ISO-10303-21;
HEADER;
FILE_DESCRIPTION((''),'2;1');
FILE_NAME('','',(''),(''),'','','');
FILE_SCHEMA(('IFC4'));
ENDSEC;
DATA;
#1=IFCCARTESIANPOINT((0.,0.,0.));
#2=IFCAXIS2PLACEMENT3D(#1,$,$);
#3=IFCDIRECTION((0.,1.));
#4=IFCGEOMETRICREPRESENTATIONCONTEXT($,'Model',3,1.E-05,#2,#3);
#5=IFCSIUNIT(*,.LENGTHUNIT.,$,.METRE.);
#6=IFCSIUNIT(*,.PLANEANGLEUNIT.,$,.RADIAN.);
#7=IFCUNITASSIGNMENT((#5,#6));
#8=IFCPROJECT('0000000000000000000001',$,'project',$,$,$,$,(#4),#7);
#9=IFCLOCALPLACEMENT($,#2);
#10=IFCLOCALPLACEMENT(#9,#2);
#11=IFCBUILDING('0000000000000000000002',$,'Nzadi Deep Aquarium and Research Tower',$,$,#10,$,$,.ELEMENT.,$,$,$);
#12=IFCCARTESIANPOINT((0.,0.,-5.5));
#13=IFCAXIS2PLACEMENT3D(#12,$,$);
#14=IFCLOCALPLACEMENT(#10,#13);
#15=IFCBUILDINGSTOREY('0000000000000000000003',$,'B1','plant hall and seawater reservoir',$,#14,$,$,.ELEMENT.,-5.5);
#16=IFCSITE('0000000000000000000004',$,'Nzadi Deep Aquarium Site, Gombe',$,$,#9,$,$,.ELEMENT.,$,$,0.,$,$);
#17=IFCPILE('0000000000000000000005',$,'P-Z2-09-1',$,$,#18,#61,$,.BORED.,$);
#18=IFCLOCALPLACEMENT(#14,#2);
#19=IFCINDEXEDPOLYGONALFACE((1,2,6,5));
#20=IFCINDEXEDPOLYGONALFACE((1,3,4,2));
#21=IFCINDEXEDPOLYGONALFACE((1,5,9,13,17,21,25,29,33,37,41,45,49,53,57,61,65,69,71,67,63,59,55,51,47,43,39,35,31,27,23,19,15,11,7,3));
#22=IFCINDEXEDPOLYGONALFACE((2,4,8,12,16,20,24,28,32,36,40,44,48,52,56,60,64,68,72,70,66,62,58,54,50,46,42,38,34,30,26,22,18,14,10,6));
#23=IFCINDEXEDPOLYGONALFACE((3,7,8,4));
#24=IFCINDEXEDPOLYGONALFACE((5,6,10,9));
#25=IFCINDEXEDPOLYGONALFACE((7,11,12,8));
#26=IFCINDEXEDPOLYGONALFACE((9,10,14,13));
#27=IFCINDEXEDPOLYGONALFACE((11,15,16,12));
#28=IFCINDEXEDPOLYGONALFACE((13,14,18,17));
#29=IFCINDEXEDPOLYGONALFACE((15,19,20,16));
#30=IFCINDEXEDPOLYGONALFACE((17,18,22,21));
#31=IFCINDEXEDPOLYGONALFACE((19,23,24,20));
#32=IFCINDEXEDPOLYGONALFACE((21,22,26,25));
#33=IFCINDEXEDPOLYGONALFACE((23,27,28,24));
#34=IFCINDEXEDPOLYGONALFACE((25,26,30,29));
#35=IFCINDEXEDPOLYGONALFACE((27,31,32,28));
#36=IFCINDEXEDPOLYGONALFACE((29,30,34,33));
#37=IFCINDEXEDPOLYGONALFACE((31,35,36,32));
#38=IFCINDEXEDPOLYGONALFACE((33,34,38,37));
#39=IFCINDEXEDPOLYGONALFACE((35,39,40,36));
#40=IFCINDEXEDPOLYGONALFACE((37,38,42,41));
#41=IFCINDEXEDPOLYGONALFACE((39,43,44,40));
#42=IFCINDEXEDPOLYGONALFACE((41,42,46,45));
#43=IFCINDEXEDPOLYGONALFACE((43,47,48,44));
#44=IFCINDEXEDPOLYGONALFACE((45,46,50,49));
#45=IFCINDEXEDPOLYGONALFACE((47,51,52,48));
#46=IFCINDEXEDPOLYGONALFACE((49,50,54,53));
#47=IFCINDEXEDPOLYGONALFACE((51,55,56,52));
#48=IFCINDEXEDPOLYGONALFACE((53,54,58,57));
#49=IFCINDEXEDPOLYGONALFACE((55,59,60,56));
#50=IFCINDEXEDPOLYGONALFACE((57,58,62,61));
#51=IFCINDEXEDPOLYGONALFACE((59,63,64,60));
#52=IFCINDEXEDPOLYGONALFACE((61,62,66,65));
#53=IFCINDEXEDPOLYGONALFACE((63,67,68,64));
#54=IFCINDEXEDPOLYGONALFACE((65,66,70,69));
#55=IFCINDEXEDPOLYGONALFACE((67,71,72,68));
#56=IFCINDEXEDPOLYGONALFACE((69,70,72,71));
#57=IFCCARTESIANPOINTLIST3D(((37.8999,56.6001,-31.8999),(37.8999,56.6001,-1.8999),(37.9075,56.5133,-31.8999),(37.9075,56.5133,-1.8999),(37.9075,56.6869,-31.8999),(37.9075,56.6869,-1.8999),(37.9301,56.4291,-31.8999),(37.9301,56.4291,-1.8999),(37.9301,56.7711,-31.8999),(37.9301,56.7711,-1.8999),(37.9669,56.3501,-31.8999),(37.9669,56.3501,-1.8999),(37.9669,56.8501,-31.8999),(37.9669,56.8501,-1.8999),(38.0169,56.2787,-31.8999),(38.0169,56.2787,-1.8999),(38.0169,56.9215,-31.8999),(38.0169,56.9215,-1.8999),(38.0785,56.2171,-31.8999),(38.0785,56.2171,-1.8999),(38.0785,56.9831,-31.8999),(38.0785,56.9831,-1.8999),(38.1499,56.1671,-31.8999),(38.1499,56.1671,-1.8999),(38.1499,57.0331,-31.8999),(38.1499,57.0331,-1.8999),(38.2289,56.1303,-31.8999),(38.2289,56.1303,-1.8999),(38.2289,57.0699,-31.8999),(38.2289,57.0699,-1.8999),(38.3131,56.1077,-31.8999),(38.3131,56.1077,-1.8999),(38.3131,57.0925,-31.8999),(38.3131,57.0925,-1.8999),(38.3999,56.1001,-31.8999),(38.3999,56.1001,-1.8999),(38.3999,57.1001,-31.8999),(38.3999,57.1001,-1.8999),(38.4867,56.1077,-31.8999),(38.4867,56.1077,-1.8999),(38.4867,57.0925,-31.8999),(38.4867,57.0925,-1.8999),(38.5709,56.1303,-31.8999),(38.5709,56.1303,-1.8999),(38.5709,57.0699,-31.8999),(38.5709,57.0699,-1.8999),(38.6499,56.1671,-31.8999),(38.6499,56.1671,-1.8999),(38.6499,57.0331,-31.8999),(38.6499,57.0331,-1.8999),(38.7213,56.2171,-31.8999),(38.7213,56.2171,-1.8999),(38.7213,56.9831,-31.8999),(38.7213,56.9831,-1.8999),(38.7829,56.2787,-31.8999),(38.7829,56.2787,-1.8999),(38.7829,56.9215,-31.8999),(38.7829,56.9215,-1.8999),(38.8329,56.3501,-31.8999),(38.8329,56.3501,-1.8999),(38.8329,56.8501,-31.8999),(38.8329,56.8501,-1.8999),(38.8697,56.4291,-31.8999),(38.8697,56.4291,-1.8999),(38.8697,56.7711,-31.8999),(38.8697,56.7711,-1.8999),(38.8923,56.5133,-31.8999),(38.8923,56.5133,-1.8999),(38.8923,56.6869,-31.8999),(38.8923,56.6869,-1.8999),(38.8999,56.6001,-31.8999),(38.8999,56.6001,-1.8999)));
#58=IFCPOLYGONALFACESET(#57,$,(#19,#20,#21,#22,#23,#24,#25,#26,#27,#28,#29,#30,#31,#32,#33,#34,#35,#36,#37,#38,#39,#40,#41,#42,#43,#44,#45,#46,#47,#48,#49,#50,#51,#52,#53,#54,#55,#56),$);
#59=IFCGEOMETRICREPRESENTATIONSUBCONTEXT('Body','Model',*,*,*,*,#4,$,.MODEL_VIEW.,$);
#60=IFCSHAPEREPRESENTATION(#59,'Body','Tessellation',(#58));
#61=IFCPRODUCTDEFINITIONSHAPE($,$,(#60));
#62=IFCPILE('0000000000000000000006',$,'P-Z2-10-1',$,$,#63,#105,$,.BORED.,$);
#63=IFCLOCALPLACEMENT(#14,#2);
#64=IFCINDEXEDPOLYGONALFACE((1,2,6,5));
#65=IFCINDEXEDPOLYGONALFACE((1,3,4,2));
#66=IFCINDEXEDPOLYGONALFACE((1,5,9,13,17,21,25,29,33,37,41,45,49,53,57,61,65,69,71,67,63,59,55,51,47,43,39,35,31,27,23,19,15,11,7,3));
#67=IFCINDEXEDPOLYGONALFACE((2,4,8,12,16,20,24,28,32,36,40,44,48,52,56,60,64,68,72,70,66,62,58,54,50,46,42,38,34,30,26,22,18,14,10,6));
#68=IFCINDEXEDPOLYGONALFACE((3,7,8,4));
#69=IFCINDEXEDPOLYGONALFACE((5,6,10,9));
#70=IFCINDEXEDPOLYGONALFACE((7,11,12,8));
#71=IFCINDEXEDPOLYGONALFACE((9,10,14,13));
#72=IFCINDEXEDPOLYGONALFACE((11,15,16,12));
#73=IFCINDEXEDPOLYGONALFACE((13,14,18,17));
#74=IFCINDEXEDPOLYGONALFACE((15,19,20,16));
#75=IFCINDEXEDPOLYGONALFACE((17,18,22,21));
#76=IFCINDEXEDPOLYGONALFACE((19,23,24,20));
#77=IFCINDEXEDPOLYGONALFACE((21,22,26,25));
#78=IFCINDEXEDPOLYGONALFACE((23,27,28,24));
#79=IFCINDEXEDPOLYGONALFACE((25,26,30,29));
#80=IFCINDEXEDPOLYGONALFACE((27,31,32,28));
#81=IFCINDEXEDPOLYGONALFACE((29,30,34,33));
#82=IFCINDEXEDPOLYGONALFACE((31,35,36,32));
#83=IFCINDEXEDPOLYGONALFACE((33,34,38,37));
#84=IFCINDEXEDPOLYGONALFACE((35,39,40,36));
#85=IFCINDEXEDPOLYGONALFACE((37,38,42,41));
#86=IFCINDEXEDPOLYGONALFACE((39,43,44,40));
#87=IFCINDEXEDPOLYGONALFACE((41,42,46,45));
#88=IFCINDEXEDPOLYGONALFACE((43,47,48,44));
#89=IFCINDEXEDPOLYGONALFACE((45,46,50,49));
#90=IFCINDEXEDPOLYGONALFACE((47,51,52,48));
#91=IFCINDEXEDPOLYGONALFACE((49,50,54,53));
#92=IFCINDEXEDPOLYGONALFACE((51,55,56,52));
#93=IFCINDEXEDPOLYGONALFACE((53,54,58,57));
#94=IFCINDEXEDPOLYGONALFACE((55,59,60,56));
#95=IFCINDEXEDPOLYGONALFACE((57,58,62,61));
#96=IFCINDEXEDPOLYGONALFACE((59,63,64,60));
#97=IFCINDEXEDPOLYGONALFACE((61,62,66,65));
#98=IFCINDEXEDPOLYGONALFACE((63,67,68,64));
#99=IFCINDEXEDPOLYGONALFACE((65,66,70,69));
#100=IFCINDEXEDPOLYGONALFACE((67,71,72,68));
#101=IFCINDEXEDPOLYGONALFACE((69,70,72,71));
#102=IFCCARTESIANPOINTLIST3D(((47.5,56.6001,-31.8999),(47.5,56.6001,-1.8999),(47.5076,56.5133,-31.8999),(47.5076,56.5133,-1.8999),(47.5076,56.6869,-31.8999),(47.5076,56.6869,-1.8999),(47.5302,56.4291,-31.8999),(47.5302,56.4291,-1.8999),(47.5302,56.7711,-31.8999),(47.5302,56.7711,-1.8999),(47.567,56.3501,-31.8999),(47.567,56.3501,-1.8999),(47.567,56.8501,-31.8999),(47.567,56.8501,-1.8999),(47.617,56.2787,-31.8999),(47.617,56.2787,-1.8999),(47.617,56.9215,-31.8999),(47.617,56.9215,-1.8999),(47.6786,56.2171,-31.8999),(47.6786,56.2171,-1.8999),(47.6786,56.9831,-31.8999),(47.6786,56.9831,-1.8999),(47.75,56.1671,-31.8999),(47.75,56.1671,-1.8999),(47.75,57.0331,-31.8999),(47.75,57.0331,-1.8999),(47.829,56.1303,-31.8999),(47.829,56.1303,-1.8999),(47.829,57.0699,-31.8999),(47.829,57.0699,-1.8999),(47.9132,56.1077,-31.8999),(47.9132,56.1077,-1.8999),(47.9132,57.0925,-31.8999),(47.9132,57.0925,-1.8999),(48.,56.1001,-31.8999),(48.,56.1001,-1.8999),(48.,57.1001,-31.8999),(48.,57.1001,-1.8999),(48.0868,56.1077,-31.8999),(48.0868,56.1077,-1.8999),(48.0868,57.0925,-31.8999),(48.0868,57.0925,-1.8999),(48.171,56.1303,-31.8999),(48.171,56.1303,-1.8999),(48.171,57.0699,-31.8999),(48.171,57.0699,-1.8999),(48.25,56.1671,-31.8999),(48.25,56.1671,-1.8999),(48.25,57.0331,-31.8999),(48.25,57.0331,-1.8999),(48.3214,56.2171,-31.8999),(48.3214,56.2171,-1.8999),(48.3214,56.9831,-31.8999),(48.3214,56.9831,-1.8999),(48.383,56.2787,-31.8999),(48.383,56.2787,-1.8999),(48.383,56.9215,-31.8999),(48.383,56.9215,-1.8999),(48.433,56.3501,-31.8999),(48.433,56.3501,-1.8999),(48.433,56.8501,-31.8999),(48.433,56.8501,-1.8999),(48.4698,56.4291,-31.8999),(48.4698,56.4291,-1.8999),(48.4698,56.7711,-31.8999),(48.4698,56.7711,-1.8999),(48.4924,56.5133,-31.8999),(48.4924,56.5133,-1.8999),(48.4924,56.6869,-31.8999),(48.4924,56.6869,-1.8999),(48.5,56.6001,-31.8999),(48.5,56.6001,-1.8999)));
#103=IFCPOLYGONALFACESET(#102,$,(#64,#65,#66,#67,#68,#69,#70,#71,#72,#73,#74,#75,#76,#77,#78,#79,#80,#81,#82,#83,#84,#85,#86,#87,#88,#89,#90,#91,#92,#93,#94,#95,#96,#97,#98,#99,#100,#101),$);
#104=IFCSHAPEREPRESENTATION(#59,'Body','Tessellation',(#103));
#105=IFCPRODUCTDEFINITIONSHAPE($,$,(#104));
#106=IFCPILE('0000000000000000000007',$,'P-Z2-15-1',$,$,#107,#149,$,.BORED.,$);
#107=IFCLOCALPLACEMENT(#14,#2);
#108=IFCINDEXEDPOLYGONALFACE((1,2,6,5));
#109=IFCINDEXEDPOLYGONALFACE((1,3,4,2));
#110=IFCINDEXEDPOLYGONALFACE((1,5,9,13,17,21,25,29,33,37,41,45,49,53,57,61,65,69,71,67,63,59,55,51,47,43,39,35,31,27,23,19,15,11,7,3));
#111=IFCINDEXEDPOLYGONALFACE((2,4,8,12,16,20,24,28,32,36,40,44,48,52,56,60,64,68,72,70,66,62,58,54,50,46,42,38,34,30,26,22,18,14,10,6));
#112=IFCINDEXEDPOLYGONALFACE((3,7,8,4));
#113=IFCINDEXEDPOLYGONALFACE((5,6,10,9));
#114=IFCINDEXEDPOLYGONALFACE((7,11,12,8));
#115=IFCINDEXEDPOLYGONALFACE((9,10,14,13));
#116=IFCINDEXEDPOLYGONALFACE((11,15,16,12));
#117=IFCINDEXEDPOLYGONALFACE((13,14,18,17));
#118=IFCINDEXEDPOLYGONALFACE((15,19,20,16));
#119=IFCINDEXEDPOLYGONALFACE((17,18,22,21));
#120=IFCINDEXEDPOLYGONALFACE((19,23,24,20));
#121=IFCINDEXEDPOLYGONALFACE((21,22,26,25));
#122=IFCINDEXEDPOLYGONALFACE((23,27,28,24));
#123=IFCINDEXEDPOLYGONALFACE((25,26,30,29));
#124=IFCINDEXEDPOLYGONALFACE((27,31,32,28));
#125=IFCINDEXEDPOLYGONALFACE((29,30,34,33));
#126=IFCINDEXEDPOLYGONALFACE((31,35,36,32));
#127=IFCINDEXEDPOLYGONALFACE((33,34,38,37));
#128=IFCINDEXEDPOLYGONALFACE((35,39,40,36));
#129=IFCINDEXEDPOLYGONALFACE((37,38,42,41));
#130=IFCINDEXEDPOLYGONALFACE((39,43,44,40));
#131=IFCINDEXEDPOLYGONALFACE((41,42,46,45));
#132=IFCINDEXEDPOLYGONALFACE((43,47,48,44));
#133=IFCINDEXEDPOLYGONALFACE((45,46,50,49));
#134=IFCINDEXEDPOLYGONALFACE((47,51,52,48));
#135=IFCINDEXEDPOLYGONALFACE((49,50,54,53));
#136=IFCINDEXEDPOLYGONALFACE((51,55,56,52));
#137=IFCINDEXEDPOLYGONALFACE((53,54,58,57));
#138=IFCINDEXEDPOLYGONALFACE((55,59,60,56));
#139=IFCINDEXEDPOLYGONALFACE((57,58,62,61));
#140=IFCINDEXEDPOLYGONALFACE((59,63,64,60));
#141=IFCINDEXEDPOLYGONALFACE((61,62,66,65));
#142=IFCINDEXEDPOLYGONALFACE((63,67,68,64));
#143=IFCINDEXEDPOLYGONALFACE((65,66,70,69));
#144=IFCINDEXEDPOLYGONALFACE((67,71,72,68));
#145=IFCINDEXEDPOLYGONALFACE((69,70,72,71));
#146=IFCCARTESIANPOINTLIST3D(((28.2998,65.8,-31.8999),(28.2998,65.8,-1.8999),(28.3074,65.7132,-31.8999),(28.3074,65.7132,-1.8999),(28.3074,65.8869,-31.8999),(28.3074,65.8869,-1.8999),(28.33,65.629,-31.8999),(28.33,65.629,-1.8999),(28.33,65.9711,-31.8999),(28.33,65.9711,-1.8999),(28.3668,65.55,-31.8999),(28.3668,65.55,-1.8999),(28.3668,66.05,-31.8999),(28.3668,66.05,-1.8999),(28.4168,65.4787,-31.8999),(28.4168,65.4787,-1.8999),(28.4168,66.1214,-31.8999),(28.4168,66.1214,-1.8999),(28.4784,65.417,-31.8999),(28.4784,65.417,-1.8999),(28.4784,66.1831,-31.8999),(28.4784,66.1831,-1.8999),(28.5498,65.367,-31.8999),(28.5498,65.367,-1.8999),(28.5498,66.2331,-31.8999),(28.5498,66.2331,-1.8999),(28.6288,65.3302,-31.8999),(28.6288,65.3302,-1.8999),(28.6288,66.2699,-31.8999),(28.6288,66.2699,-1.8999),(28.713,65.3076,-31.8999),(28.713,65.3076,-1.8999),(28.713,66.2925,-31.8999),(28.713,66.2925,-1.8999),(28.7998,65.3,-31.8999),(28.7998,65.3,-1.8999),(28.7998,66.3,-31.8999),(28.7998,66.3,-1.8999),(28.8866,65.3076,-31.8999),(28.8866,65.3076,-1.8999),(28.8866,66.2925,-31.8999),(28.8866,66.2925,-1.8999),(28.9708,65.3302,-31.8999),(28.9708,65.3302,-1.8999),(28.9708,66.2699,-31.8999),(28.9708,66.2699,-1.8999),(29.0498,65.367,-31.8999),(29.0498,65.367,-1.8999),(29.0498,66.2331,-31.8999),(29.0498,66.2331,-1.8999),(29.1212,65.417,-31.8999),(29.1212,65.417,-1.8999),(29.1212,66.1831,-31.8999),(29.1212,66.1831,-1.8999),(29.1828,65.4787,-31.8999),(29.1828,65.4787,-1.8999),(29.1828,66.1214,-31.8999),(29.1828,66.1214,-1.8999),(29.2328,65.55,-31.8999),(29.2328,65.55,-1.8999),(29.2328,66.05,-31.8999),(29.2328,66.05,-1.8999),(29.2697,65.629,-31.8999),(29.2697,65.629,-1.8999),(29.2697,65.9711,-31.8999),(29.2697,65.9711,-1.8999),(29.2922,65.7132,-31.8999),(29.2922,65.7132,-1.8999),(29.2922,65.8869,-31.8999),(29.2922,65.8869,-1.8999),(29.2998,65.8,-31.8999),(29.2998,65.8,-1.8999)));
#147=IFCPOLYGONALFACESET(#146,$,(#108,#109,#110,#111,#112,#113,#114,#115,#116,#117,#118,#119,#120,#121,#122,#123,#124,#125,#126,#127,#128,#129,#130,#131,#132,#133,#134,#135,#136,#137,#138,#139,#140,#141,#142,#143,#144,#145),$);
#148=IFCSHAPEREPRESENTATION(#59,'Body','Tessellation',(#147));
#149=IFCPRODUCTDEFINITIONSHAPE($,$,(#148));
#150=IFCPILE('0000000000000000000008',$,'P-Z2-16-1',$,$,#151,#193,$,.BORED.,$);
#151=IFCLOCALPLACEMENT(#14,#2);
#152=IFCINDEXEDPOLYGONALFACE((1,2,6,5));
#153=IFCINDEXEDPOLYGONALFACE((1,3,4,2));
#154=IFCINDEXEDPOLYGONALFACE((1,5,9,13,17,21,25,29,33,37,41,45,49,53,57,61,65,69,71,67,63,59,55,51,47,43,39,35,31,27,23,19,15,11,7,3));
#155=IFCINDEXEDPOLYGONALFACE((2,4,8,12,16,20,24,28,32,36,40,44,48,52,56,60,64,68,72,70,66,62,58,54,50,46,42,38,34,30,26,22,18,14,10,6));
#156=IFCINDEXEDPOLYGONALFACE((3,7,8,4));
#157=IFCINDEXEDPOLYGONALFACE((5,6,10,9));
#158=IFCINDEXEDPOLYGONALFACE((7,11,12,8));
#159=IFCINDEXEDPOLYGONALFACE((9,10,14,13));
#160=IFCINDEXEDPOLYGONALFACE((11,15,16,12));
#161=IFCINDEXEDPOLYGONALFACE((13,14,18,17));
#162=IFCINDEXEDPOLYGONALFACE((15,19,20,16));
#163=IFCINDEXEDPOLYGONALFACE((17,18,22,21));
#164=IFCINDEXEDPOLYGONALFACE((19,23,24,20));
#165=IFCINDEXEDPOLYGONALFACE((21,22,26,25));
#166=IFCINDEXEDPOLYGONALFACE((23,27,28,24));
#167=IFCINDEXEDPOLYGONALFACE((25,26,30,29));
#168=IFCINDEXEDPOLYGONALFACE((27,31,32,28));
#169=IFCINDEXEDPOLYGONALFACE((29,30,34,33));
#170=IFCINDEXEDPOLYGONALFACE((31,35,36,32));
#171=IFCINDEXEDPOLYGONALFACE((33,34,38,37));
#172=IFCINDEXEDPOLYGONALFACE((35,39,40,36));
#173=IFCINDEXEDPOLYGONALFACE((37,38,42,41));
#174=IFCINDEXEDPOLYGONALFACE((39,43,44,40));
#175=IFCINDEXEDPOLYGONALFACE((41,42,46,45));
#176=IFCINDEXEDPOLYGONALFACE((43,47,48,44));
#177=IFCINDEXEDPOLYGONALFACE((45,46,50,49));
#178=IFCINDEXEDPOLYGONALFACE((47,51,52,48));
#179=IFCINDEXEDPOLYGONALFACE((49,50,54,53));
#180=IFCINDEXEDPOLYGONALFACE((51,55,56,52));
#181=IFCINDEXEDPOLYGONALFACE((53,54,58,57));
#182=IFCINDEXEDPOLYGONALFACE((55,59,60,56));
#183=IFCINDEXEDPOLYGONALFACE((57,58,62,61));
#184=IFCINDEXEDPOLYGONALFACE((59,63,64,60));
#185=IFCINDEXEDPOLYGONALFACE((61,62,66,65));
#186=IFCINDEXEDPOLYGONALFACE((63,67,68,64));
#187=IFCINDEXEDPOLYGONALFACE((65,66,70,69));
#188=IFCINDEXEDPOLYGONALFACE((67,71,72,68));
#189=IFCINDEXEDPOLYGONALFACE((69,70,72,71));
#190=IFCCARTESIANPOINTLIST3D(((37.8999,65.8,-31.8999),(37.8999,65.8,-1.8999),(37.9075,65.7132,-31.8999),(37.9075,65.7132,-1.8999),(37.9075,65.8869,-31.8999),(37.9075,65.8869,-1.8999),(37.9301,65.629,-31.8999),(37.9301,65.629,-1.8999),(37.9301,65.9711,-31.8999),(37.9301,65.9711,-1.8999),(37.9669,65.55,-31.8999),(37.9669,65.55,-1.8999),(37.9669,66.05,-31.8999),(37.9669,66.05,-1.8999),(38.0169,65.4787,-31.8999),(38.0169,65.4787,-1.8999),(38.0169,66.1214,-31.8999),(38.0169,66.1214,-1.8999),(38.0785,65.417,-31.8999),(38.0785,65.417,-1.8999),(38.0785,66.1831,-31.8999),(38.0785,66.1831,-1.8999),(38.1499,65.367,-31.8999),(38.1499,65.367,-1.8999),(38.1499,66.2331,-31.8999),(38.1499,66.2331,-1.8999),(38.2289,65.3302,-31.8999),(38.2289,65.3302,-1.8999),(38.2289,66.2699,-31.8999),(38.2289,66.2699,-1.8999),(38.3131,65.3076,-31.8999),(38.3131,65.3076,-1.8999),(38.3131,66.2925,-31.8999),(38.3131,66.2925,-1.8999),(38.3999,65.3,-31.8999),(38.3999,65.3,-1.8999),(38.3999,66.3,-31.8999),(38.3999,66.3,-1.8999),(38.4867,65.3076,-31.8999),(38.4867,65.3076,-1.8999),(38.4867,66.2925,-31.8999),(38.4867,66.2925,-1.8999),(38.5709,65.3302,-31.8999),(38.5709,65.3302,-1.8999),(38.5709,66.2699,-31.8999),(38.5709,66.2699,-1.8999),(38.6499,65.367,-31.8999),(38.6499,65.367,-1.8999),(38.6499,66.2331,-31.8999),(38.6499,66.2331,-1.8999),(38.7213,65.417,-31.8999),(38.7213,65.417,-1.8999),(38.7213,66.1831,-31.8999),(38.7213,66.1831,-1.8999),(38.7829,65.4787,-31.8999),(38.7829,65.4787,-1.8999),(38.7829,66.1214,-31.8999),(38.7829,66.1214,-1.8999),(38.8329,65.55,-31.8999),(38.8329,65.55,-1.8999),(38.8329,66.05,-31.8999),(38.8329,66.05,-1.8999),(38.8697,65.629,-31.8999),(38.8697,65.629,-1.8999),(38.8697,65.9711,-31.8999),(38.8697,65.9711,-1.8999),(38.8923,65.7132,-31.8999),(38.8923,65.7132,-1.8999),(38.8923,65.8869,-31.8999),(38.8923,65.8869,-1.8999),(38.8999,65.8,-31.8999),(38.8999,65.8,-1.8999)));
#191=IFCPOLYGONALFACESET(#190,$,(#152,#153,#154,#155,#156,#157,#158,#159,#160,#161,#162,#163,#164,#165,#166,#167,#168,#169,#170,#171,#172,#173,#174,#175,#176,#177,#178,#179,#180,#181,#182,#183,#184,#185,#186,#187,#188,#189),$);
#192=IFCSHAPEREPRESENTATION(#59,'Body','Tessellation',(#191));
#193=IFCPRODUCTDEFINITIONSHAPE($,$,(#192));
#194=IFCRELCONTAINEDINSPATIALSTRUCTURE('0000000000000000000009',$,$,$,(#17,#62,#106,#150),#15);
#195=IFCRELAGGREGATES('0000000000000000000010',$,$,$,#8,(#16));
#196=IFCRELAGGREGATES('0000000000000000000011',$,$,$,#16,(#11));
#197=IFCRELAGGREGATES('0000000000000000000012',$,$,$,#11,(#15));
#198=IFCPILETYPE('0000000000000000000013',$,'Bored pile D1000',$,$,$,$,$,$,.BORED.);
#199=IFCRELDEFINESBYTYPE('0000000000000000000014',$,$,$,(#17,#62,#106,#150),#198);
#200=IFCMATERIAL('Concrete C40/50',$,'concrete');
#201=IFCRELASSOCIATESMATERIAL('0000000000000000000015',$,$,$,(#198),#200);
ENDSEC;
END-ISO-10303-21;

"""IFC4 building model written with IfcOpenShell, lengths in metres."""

from ifc_helpers import new_model, si_unit, direction, frame, origin, origin_2d, place, context, subcontext, project, spatial, circle, extrude, material, material_profile, profile_set, type_object, element, save


model = new_model("IFC4")

# Units and contexts
model_context = context("Model", 3, precision=1e-05, world=origin(), true_north=direction((0.0, 1.0)))
body_context = subcontext(model_context, "Body", "Model", "MODEL_VIEW")
ifc_project = project(units=[si_unit("LENGTHUNIT", "METRE"), si_unit("PLANEANGLEUNIT", "RADIAN")], contexts=[model_context])

# Site, building, storey
site_placement = place(None, origin())
site = spatial("IfcSite", under=ifc_project, at=site_placement, Name="Nzadi Deep Aquarium Site, Gombe", CompositionType="ELEMENT", RefElevation=0.0)
building_placement = place(site_placement, origin())
building = spatial("IfcBuilding", under=site, at=building_placement, Name="Nzadi Deep Aquarium and Research Tower", CompositionType="ELEMENT")
storey_placement = place(building_placement, frame((0.0, 0.0, -5.5)))
storey = spatial("IfcBuildingStorey", under=building, at=storey_placement, Name="B1", Description="plant hall and seawater reservoir", CompositionType="ELEMENT", Elevation=-5.5)

# Piles
ifc_material_1 = material(Name="Concrete C40/50", Category="concrete")
ifc_material_profile_1 = material_profile(ifc_material_1, circle(Radius=0.5, at=origin_2d()))
ifc_profile_set_1 = profile_set([ifc_material_profile_1], Name="Concrete C40/50")
pile_type = type_object("IfcPileType", Name="Bored pile D1000", PredefinedType="BORED", material=ifc_profile_set_1)
for number, where, z_axis, x_axis, name in (
    (1, (38.3999, 56.6001, -1.8999), (0.0, 0.0, -1.0), (1.0, 0.0, 0.0), "P-Z2-09-1"),
    (2, (48.0, 56.6001, -1.8999), (0.0, 0.0, -1.0), (1.0, 0.0, 0.0), "P-Z2-10-1"),
    (3, (28.7998, 65.8, -1.8999), (0.0, 0.0, -1.0), (1.0, 0.0, 0.0), "P-Z2-15-1"),
    (4, (38.3999, 65.8, -1.8999), (0.0, 0.0, -1.0), (1.0, 0.0, 0.0), "P-Z2-16-1"),
):
    element("IfcPile", number, at=place(storey_placement, frame(where, z_axis=z_axis, x_axis=x_axis)), inside=storey, type_object=pile_type, Name=name, PredefinedType="BORED", context=body_context, shape_type="SweptSolid", body=[
        extrude(circle(Radius=0.5, at=origin_2d()), origin(), (0.0, 0.0, 1.0), 30.0),
    ])

save(model, "model.ifc")
